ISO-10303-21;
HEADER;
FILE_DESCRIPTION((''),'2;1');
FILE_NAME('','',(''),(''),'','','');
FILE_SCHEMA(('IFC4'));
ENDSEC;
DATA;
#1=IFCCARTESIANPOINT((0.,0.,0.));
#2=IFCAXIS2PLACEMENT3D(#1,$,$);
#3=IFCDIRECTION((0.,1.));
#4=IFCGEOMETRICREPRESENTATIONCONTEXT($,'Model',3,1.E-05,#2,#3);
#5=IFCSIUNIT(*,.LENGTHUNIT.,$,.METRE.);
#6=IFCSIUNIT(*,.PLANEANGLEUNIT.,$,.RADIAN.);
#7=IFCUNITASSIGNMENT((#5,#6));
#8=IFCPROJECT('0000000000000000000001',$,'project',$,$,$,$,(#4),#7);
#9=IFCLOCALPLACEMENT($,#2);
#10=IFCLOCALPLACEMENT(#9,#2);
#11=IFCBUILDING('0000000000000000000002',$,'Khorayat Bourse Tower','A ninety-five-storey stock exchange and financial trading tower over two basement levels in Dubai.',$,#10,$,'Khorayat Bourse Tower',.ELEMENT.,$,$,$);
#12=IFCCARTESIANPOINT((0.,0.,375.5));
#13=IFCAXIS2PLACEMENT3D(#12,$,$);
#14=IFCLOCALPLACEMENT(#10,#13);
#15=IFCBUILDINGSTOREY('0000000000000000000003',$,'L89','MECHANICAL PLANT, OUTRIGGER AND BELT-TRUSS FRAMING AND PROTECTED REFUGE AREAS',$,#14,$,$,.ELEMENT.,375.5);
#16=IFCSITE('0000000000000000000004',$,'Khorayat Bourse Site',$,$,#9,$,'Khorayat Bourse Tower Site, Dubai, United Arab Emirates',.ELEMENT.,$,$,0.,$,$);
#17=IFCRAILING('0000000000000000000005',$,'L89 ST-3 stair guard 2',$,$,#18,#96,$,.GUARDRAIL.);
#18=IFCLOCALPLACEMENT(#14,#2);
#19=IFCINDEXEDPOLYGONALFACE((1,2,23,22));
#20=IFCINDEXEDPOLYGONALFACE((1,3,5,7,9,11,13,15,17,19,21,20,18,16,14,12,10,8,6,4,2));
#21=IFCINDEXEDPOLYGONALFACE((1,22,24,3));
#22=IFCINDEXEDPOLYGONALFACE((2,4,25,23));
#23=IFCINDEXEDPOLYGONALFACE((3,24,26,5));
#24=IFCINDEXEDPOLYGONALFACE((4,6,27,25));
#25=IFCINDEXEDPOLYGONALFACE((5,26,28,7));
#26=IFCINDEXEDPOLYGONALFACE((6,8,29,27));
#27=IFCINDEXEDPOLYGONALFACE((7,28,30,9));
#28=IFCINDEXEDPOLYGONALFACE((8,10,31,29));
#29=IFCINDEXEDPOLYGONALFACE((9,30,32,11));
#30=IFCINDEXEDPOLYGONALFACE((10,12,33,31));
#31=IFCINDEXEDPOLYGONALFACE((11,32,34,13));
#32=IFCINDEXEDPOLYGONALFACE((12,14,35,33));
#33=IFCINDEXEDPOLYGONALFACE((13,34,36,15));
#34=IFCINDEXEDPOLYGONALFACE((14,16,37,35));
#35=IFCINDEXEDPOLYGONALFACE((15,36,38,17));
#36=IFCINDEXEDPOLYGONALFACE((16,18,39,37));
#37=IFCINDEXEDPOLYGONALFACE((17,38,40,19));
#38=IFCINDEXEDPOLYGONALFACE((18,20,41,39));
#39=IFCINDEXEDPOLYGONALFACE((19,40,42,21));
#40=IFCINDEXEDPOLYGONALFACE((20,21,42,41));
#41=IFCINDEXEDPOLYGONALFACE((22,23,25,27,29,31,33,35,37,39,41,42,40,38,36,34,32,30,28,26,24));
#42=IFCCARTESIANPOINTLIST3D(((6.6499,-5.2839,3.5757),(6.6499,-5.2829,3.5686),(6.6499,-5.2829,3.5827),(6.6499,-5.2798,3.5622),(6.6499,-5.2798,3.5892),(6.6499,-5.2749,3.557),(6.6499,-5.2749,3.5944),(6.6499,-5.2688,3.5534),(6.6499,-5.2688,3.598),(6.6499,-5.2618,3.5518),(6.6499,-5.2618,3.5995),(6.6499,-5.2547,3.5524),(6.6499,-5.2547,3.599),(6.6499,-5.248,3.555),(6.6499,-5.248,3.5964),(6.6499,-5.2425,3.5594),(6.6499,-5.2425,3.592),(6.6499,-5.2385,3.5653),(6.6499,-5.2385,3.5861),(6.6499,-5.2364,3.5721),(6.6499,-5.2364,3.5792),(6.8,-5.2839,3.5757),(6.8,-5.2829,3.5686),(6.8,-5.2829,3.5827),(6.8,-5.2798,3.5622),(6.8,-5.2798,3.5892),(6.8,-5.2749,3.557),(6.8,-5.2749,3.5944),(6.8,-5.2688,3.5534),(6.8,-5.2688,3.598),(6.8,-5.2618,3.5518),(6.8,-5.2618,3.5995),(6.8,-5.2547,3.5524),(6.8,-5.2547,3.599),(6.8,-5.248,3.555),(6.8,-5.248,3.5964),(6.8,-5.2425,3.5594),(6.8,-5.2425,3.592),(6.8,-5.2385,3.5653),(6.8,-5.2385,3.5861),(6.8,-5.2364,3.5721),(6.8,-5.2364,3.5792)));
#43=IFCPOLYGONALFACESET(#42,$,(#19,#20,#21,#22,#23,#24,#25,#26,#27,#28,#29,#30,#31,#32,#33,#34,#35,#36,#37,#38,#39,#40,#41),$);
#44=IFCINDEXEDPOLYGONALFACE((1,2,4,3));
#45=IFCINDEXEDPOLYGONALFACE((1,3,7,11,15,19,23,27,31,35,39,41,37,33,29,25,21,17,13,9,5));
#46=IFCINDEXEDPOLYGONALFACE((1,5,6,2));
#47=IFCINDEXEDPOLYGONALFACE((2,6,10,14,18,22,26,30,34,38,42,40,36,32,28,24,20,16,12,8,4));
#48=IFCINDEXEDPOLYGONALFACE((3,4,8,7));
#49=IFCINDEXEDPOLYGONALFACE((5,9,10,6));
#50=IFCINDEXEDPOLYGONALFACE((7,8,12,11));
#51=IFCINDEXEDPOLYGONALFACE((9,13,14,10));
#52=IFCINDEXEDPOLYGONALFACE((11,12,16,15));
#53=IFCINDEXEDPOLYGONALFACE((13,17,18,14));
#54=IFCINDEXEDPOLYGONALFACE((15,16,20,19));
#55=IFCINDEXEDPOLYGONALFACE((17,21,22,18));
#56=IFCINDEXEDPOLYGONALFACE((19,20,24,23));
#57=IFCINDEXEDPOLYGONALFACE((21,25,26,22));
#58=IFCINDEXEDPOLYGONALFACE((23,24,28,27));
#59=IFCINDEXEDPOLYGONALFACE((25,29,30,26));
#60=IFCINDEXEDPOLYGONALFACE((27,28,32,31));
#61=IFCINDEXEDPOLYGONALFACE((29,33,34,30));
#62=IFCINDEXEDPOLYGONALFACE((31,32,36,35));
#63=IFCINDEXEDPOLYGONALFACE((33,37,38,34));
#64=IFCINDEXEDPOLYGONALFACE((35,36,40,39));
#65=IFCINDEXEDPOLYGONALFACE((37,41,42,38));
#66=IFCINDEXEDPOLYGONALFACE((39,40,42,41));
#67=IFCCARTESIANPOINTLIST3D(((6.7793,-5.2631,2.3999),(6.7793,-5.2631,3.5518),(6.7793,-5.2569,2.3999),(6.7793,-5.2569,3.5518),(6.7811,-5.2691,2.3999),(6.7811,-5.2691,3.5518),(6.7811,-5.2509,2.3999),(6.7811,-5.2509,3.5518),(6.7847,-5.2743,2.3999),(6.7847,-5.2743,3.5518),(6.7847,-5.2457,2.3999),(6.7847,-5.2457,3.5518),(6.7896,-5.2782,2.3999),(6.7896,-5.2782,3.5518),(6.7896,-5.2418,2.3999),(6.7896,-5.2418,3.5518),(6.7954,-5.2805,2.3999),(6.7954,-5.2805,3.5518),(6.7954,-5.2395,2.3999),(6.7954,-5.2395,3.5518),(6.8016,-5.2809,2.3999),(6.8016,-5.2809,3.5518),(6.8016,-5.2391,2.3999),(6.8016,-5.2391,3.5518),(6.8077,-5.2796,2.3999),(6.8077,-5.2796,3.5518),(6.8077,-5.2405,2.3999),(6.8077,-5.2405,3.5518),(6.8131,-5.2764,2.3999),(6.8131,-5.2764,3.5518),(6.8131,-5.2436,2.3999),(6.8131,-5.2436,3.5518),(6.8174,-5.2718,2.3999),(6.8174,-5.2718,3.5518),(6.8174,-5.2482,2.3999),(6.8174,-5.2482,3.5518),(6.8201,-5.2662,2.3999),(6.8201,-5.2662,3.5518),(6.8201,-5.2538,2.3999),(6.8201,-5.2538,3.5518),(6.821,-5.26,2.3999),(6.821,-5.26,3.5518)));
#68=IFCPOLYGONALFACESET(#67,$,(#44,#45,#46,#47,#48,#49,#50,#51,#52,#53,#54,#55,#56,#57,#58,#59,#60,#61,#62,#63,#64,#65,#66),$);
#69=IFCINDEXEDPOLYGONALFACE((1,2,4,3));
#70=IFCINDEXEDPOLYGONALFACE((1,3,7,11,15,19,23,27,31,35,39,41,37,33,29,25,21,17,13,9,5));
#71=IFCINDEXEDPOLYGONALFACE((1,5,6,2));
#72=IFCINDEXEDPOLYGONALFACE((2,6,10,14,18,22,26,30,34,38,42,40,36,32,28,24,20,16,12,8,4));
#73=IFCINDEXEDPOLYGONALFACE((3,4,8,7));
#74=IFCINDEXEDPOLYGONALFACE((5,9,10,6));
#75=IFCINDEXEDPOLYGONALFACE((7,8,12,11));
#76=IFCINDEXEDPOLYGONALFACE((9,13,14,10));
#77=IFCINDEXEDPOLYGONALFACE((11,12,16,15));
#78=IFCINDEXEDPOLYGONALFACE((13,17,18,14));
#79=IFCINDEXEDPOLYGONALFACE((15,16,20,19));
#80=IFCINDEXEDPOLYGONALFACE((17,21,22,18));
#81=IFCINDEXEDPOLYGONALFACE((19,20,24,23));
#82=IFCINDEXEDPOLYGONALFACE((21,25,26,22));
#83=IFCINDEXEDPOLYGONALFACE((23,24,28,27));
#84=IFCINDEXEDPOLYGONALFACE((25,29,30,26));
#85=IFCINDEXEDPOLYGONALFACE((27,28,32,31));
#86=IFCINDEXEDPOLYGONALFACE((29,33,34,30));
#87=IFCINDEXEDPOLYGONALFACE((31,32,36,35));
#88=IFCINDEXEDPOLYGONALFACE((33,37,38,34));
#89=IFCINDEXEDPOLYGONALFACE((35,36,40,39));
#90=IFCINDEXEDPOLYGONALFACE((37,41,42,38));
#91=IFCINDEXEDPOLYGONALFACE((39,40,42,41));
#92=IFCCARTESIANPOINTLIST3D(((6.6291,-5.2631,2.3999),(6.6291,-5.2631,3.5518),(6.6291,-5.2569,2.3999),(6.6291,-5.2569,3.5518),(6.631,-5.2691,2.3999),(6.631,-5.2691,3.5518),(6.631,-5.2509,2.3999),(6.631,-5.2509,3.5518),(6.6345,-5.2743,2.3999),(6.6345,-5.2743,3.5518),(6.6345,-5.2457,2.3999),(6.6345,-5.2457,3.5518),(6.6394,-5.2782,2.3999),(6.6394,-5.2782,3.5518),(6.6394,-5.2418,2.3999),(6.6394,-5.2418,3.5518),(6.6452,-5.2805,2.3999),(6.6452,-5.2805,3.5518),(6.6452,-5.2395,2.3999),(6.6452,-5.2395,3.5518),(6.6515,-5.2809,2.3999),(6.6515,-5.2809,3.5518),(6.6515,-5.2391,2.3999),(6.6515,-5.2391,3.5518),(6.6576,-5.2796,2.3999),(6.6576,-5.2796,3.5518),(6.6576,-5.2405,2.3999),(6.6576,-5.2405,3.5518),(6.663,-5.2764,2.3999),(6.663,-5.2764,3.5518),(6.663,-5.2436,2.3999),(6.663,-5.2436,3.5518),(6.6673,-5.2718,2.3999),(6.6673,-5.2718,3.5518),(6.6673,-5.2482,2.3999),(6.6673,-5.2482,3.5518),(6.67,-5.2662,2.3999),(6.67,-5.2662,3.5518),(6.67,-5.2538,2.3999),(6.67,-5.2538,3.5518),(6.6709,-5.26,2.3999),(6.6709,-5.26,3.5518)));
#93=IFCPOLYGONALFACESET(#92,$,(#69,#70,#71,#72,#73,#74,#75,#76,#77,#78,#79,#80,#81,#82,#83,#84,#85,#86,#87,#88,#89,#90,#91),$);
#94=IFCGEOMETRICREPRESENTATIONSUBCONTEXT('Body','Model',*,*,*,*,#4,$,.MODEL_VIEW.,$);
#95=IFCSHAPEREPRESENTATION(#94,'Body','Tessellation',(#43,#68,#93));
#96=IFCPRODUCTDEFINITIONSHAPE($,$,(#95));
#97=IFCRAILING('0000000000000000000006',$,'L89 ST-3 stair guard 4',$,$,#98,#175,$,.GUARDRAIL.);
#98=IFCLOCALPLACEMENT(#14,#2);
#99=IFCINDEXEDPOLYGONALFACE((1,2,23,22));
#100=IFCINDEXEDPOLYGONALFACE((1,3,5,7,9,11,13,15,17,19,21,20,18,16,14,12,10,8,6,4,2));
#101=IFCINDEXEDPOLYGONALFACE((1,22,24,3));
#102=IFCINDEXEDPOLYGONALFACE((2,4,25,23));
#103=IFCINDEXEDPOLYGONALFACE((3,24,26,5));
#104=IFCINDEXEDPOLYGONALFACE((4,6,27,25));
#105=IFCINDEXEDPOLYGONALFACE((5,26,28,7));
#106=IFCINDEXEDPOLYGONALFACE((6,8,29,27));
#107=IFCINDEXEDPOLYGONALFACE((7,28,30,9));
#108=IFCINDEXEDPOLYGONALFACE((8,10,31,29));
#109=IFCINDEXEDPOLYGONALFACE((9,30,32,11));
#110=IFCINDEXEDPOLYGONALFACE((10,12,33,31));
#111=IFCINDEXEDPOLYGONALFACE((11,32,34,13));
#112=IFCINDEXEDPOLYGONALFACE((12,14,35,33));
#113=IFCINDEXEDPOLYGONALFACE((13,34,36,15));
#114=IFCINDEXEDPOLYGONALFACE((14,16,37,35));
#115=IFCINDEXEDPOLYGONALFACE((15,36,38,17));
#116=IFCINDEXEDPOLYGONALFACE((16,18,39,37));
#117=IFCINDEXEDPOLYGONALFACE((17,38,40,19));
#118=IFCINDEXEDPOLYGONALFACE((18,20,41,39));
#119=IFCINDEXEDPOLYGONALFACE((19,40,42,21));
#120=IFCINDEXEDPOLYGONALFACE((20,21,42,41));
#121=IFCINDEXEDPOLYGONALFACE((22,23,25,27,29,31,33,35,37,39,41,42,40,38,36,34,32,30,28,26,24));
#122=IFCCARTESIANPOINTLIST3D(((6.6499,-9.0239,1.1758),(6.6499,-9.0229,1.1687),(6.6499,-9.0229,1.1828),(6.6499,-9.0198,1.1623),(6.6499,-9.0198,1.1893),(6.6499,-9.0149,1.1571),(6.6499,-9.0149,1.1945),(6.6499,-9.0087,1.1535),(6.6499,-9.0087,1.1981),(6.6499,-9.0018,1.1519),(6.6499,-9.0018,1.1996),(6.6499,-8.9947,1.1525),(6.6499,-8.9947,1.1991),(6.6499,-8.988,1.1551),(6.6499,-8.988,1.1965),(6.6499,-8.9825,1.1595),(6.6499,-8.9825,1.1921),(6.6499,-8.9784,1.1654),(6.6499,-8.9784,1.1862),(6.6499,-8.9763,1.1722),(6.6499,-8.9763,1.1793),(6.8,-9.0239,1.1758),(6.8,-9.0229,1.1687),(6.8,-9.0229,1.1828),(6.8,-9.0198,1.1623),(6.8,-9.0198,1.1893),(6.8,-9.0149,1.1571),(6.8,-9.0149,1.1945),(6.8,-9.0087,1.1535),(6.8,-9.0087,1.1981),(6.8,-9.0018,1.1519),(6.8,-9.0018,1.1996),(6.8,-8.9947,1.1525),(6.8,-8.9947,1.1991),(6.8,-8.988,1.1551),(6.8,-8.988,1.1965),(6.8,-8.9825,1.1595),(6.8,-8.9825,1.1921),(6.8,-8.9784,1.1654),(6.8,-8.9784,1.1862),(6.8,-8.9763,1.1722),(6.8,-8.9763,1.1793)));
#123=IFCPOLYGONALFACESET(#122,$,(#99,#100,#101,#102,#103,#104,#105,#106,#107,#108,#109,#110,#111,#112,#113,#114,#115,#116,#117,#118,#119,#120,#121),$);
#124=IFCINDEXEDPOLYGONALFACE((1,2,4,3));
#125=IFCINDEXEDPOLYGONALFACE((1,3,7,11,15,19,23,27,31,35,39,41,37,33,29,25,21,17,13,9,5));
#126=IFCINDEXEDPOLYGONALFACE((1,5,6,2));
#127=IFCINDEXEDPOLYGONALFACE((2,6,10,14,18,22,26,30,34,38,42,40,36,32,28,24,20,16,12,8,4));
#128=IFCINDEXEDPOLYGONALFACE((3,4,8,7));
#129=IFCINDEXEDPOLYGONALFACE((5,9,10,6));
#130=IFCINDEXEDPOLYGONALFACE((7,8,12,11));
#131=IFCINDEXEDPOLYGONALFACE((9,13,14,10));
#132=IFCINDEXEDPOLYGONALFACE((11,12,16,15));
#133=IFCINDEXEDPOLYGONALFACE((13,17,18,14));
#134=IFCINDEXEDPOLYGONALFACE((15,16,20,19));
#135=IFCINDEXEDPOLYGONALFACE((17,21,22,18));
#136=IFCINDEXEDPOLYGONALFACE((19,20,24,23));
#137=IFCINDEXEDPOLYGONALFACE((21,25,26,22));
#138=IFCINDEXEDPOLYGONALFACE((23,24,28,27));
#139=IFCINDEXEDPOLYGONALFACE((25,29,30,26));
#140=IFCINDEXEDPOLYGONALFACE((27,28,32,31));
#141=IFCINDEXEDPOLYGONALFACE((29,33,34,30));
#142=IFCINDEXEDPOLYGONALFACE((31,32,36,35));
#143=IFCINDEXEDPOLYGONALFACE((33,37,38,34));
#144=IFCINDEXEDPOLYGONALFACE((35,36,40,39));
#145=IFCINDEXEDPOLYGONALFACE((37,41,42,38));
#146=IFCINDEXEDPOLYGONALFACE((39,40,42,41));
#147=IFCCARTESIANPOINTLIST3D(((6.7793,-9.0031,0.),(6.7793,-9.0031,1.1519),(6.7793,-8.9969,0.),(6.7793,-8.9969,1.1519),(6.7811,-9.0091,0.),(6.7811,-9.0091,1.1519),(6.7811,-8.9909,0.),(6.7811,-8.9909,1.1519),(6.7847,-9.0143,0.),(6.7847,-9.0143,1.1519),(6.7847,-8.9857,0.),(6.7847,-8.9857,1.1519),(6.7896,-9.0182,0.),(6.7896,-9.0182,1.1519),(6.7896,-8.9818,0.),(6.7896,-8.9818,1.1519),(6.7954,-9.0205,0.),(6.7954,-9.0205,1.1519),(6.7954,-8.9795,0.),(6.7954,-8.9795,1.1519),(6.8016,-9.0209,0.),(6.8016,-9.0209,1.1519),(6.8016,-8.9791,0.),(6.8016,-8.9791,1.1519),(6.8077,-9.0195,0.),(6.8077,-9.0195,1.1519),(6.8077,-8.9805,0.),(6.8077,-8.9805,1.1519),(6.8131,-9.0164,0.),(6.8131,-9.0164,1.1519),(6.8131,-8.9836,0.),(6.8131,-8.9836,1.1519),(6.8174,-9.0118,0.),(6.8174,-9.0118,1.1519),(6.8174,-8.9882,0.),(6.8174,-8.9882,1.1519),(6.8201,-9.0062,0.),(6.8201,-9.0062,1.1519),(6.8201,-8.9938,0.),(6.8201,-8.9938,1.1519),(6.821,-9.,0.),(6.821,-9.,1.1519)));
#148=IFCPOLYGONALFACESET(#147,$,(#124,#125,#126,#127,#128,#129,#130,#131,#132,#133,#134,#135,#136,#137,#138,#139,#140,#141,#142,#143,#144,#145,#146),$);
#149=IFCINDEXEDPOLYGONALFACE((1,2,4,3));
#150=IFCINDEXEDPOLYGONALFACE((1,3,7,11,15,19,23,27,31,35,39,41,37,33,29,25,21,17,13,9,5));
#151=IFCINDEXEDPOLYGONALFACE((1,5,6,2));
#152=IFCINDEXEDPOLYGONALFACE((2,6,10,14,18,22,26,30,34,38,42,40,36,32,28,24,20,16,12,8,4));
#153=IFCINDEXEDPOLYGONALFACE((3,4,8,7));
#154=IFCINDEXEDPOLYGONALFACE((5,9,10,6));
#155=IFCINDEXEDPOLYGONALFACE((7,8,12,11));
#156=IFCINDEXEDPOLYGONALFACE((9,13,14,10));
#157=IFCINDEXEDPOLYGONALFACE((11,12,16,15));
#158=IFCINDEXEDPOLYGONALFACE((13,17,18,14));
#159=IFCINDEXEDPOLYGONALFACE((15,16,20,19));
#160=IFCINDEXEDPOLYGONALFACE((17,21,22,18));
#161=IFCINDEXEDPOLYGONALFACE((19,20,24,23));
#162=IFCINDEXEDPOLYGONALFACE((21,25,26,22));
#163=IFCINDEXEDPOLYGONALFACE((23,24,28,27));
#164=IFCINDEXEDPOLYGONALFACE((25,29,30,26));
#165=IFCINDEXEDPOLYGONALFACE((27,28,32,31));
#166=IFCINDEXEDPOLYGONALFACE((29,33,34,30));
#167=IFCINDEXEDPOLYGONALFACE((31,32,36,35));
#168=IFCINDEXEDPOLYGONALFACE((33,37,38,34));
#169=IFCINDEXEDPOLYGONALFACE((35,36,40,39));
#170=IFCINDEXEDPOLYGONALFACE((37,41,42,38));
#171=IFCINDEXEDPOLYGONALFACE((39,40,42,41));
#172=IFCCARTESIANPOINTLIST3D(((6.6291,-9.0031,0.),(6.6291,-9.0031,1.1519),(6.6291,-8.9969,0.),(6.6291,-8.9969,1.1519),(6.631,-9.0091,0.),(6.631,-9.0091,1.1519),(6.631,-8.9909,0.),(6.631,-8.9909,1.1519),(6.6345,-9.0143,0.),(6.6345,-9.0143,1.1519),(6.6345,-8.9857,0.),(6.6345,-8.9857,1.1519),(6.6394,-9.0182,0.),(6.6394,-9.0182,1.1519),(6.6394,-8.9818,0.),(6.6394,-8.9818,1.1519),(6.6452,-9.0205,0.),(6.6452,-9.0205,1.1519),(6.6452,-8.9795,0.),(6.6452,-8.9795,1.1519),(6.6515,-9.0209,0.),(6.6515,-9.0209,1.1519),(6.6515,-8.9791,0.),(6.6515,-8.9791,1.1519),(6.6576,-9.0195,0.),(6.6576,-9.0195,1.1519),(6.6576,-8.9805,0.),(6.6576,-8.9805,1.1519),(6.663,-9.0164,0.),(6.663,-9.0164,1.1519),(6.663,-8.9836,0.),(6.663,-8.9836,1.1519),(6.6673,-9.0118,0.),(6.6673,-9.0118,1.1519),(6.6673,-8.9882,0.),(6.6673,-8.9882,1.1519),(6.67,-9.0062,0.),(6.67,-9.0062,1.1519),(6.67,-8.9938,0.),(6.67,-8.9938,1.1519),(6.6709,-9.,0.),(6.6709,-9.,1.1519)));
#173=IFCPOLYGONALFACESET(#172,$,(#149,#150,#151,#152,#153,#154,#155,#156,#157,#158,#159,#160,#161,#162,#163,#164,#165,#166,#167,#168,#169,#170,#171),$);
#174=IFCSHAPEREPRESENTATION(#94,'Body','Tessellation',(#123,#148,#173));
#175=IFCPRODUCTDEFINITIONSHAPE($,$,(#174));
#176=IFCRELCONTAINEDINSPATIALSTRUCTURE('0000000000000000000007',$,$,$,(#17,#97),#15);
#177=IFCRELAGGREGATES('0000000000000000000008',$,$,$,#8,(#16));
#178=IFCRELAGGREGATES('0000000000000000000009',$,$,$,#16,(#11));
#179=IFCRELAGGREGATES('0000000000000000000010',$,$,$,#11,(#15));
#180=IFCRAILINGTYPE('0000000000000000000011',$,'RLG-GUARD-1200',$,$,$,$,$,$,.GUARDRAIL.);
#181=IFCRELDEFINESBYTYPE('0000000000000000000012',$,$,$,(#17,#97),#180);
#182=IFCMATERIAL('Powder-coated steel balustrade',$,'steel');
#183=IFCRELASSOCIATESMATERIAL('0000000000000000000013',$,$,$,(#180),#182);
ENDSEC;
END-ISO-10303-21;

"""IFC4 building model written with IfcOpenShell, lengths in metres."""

from ifc_helpers import new_model, si_unit, direction, frame, origin, origin_2d, place, context, subcontext, project, spatial, circle, extrude, source, transform, mapped, material, type_object, element, save


model = new_model("IFC4")

# Units and contexts
model_context = context("Model", 3, precision=1e-05, world=origin(), true_north=direction((0.0, 1.0)))
body_context = subcontext(model_context, "Body", "Model", "MODEL_VIEW")
ifc_project = project(units=[si_unit("LENGTHUNIT", "METRE"), si_unit("PLANEANGLEUNIT", "RADIAN")], contexts=[model_context])

# Site, building, storey
site_placement = place(None, origin())
site = spatial("IfcSite", under=ifc_project, at=site_placement, Name="Khorayat Bourse Site", LongName="Khorayat Bourse Tower Site, Dubai, United Arab Emirates", CompositionType="ELEMENT", RefElevation=0.0)
building_placement = place(site_placement, origin())
building = spatial("IfcBuilding", under=site, at=building_placement, Name="Khorayat Bourse Tower", Description="A ninety-five-storey stock exchange and financial trading tower over two basement levels in Dubai.", LongName="Khorayat Bourse Tower", CompositionType="ELEMENT")
storey_placement = place(building_placement, frame((0.0, 0.0, 375.5)))
storey = spatial("IfcBuildingStorey", under=building, at=storey_placement, Name="L89", Description="MECHANICAL PLANT, OUTRIGGER AND BELT-TRUSS FRAMING AND PROTECTED REFUGE AREAS", CompositionType="ELEMENT", Elevation=375.5)

# Railings
ifc_material_1 = material(Name="Powder-coated steel balustrade", Category="steel")
railing_type_1 = type_object("IfcRailingType", Name="RLG-GUARD-1200", PredefinedType="GUARDRAIL", material=ifc_material_1)
shared_shape_1 = source(origin(), body_context, "Body", "SweptSolid", [
    extrude(circle(Radius=0.0239, at=origin_2d()), frame((0.0, 0.0, 1.1758), z_axis=(-1.0, 0.0, 0.0), x_axis=(0.0, -1.0, 0.0)), (0.0, 0.0, 1.0), 0.1501),
    extrude(circle(Radius=0.021, at=origin_2d()), origin(), (0.0, 0.0, 1.0), 1.1519),
    extrude(circle(Radius=0.021, at=origin_2d()), frame((-0.1501, 0.0, 0.0)), (0.0, 0.0, 1.0), 1.1519),
])
for number, where, name in (
    (1, (6.8, -5.26, 2.3999), "L89 ST-3 stair guard 2"),
    (2, (6.8, -9.0, 0.0), "L89 ST-3 stair guard 4"),
):
    element("IfcRailing", number, at=place(storey_placement, frame(where)), inside=storey, type_object=railing_type_1, Name=name, PredefinedType="GUARDRAIL", context=body_context, shape_type="MappedRepresentation", body=[
        mapped(shared_shape_1, transform((0.0, 0.0, 0.0), scale=1.0)),
    ])

save(model, "model.ifc")
